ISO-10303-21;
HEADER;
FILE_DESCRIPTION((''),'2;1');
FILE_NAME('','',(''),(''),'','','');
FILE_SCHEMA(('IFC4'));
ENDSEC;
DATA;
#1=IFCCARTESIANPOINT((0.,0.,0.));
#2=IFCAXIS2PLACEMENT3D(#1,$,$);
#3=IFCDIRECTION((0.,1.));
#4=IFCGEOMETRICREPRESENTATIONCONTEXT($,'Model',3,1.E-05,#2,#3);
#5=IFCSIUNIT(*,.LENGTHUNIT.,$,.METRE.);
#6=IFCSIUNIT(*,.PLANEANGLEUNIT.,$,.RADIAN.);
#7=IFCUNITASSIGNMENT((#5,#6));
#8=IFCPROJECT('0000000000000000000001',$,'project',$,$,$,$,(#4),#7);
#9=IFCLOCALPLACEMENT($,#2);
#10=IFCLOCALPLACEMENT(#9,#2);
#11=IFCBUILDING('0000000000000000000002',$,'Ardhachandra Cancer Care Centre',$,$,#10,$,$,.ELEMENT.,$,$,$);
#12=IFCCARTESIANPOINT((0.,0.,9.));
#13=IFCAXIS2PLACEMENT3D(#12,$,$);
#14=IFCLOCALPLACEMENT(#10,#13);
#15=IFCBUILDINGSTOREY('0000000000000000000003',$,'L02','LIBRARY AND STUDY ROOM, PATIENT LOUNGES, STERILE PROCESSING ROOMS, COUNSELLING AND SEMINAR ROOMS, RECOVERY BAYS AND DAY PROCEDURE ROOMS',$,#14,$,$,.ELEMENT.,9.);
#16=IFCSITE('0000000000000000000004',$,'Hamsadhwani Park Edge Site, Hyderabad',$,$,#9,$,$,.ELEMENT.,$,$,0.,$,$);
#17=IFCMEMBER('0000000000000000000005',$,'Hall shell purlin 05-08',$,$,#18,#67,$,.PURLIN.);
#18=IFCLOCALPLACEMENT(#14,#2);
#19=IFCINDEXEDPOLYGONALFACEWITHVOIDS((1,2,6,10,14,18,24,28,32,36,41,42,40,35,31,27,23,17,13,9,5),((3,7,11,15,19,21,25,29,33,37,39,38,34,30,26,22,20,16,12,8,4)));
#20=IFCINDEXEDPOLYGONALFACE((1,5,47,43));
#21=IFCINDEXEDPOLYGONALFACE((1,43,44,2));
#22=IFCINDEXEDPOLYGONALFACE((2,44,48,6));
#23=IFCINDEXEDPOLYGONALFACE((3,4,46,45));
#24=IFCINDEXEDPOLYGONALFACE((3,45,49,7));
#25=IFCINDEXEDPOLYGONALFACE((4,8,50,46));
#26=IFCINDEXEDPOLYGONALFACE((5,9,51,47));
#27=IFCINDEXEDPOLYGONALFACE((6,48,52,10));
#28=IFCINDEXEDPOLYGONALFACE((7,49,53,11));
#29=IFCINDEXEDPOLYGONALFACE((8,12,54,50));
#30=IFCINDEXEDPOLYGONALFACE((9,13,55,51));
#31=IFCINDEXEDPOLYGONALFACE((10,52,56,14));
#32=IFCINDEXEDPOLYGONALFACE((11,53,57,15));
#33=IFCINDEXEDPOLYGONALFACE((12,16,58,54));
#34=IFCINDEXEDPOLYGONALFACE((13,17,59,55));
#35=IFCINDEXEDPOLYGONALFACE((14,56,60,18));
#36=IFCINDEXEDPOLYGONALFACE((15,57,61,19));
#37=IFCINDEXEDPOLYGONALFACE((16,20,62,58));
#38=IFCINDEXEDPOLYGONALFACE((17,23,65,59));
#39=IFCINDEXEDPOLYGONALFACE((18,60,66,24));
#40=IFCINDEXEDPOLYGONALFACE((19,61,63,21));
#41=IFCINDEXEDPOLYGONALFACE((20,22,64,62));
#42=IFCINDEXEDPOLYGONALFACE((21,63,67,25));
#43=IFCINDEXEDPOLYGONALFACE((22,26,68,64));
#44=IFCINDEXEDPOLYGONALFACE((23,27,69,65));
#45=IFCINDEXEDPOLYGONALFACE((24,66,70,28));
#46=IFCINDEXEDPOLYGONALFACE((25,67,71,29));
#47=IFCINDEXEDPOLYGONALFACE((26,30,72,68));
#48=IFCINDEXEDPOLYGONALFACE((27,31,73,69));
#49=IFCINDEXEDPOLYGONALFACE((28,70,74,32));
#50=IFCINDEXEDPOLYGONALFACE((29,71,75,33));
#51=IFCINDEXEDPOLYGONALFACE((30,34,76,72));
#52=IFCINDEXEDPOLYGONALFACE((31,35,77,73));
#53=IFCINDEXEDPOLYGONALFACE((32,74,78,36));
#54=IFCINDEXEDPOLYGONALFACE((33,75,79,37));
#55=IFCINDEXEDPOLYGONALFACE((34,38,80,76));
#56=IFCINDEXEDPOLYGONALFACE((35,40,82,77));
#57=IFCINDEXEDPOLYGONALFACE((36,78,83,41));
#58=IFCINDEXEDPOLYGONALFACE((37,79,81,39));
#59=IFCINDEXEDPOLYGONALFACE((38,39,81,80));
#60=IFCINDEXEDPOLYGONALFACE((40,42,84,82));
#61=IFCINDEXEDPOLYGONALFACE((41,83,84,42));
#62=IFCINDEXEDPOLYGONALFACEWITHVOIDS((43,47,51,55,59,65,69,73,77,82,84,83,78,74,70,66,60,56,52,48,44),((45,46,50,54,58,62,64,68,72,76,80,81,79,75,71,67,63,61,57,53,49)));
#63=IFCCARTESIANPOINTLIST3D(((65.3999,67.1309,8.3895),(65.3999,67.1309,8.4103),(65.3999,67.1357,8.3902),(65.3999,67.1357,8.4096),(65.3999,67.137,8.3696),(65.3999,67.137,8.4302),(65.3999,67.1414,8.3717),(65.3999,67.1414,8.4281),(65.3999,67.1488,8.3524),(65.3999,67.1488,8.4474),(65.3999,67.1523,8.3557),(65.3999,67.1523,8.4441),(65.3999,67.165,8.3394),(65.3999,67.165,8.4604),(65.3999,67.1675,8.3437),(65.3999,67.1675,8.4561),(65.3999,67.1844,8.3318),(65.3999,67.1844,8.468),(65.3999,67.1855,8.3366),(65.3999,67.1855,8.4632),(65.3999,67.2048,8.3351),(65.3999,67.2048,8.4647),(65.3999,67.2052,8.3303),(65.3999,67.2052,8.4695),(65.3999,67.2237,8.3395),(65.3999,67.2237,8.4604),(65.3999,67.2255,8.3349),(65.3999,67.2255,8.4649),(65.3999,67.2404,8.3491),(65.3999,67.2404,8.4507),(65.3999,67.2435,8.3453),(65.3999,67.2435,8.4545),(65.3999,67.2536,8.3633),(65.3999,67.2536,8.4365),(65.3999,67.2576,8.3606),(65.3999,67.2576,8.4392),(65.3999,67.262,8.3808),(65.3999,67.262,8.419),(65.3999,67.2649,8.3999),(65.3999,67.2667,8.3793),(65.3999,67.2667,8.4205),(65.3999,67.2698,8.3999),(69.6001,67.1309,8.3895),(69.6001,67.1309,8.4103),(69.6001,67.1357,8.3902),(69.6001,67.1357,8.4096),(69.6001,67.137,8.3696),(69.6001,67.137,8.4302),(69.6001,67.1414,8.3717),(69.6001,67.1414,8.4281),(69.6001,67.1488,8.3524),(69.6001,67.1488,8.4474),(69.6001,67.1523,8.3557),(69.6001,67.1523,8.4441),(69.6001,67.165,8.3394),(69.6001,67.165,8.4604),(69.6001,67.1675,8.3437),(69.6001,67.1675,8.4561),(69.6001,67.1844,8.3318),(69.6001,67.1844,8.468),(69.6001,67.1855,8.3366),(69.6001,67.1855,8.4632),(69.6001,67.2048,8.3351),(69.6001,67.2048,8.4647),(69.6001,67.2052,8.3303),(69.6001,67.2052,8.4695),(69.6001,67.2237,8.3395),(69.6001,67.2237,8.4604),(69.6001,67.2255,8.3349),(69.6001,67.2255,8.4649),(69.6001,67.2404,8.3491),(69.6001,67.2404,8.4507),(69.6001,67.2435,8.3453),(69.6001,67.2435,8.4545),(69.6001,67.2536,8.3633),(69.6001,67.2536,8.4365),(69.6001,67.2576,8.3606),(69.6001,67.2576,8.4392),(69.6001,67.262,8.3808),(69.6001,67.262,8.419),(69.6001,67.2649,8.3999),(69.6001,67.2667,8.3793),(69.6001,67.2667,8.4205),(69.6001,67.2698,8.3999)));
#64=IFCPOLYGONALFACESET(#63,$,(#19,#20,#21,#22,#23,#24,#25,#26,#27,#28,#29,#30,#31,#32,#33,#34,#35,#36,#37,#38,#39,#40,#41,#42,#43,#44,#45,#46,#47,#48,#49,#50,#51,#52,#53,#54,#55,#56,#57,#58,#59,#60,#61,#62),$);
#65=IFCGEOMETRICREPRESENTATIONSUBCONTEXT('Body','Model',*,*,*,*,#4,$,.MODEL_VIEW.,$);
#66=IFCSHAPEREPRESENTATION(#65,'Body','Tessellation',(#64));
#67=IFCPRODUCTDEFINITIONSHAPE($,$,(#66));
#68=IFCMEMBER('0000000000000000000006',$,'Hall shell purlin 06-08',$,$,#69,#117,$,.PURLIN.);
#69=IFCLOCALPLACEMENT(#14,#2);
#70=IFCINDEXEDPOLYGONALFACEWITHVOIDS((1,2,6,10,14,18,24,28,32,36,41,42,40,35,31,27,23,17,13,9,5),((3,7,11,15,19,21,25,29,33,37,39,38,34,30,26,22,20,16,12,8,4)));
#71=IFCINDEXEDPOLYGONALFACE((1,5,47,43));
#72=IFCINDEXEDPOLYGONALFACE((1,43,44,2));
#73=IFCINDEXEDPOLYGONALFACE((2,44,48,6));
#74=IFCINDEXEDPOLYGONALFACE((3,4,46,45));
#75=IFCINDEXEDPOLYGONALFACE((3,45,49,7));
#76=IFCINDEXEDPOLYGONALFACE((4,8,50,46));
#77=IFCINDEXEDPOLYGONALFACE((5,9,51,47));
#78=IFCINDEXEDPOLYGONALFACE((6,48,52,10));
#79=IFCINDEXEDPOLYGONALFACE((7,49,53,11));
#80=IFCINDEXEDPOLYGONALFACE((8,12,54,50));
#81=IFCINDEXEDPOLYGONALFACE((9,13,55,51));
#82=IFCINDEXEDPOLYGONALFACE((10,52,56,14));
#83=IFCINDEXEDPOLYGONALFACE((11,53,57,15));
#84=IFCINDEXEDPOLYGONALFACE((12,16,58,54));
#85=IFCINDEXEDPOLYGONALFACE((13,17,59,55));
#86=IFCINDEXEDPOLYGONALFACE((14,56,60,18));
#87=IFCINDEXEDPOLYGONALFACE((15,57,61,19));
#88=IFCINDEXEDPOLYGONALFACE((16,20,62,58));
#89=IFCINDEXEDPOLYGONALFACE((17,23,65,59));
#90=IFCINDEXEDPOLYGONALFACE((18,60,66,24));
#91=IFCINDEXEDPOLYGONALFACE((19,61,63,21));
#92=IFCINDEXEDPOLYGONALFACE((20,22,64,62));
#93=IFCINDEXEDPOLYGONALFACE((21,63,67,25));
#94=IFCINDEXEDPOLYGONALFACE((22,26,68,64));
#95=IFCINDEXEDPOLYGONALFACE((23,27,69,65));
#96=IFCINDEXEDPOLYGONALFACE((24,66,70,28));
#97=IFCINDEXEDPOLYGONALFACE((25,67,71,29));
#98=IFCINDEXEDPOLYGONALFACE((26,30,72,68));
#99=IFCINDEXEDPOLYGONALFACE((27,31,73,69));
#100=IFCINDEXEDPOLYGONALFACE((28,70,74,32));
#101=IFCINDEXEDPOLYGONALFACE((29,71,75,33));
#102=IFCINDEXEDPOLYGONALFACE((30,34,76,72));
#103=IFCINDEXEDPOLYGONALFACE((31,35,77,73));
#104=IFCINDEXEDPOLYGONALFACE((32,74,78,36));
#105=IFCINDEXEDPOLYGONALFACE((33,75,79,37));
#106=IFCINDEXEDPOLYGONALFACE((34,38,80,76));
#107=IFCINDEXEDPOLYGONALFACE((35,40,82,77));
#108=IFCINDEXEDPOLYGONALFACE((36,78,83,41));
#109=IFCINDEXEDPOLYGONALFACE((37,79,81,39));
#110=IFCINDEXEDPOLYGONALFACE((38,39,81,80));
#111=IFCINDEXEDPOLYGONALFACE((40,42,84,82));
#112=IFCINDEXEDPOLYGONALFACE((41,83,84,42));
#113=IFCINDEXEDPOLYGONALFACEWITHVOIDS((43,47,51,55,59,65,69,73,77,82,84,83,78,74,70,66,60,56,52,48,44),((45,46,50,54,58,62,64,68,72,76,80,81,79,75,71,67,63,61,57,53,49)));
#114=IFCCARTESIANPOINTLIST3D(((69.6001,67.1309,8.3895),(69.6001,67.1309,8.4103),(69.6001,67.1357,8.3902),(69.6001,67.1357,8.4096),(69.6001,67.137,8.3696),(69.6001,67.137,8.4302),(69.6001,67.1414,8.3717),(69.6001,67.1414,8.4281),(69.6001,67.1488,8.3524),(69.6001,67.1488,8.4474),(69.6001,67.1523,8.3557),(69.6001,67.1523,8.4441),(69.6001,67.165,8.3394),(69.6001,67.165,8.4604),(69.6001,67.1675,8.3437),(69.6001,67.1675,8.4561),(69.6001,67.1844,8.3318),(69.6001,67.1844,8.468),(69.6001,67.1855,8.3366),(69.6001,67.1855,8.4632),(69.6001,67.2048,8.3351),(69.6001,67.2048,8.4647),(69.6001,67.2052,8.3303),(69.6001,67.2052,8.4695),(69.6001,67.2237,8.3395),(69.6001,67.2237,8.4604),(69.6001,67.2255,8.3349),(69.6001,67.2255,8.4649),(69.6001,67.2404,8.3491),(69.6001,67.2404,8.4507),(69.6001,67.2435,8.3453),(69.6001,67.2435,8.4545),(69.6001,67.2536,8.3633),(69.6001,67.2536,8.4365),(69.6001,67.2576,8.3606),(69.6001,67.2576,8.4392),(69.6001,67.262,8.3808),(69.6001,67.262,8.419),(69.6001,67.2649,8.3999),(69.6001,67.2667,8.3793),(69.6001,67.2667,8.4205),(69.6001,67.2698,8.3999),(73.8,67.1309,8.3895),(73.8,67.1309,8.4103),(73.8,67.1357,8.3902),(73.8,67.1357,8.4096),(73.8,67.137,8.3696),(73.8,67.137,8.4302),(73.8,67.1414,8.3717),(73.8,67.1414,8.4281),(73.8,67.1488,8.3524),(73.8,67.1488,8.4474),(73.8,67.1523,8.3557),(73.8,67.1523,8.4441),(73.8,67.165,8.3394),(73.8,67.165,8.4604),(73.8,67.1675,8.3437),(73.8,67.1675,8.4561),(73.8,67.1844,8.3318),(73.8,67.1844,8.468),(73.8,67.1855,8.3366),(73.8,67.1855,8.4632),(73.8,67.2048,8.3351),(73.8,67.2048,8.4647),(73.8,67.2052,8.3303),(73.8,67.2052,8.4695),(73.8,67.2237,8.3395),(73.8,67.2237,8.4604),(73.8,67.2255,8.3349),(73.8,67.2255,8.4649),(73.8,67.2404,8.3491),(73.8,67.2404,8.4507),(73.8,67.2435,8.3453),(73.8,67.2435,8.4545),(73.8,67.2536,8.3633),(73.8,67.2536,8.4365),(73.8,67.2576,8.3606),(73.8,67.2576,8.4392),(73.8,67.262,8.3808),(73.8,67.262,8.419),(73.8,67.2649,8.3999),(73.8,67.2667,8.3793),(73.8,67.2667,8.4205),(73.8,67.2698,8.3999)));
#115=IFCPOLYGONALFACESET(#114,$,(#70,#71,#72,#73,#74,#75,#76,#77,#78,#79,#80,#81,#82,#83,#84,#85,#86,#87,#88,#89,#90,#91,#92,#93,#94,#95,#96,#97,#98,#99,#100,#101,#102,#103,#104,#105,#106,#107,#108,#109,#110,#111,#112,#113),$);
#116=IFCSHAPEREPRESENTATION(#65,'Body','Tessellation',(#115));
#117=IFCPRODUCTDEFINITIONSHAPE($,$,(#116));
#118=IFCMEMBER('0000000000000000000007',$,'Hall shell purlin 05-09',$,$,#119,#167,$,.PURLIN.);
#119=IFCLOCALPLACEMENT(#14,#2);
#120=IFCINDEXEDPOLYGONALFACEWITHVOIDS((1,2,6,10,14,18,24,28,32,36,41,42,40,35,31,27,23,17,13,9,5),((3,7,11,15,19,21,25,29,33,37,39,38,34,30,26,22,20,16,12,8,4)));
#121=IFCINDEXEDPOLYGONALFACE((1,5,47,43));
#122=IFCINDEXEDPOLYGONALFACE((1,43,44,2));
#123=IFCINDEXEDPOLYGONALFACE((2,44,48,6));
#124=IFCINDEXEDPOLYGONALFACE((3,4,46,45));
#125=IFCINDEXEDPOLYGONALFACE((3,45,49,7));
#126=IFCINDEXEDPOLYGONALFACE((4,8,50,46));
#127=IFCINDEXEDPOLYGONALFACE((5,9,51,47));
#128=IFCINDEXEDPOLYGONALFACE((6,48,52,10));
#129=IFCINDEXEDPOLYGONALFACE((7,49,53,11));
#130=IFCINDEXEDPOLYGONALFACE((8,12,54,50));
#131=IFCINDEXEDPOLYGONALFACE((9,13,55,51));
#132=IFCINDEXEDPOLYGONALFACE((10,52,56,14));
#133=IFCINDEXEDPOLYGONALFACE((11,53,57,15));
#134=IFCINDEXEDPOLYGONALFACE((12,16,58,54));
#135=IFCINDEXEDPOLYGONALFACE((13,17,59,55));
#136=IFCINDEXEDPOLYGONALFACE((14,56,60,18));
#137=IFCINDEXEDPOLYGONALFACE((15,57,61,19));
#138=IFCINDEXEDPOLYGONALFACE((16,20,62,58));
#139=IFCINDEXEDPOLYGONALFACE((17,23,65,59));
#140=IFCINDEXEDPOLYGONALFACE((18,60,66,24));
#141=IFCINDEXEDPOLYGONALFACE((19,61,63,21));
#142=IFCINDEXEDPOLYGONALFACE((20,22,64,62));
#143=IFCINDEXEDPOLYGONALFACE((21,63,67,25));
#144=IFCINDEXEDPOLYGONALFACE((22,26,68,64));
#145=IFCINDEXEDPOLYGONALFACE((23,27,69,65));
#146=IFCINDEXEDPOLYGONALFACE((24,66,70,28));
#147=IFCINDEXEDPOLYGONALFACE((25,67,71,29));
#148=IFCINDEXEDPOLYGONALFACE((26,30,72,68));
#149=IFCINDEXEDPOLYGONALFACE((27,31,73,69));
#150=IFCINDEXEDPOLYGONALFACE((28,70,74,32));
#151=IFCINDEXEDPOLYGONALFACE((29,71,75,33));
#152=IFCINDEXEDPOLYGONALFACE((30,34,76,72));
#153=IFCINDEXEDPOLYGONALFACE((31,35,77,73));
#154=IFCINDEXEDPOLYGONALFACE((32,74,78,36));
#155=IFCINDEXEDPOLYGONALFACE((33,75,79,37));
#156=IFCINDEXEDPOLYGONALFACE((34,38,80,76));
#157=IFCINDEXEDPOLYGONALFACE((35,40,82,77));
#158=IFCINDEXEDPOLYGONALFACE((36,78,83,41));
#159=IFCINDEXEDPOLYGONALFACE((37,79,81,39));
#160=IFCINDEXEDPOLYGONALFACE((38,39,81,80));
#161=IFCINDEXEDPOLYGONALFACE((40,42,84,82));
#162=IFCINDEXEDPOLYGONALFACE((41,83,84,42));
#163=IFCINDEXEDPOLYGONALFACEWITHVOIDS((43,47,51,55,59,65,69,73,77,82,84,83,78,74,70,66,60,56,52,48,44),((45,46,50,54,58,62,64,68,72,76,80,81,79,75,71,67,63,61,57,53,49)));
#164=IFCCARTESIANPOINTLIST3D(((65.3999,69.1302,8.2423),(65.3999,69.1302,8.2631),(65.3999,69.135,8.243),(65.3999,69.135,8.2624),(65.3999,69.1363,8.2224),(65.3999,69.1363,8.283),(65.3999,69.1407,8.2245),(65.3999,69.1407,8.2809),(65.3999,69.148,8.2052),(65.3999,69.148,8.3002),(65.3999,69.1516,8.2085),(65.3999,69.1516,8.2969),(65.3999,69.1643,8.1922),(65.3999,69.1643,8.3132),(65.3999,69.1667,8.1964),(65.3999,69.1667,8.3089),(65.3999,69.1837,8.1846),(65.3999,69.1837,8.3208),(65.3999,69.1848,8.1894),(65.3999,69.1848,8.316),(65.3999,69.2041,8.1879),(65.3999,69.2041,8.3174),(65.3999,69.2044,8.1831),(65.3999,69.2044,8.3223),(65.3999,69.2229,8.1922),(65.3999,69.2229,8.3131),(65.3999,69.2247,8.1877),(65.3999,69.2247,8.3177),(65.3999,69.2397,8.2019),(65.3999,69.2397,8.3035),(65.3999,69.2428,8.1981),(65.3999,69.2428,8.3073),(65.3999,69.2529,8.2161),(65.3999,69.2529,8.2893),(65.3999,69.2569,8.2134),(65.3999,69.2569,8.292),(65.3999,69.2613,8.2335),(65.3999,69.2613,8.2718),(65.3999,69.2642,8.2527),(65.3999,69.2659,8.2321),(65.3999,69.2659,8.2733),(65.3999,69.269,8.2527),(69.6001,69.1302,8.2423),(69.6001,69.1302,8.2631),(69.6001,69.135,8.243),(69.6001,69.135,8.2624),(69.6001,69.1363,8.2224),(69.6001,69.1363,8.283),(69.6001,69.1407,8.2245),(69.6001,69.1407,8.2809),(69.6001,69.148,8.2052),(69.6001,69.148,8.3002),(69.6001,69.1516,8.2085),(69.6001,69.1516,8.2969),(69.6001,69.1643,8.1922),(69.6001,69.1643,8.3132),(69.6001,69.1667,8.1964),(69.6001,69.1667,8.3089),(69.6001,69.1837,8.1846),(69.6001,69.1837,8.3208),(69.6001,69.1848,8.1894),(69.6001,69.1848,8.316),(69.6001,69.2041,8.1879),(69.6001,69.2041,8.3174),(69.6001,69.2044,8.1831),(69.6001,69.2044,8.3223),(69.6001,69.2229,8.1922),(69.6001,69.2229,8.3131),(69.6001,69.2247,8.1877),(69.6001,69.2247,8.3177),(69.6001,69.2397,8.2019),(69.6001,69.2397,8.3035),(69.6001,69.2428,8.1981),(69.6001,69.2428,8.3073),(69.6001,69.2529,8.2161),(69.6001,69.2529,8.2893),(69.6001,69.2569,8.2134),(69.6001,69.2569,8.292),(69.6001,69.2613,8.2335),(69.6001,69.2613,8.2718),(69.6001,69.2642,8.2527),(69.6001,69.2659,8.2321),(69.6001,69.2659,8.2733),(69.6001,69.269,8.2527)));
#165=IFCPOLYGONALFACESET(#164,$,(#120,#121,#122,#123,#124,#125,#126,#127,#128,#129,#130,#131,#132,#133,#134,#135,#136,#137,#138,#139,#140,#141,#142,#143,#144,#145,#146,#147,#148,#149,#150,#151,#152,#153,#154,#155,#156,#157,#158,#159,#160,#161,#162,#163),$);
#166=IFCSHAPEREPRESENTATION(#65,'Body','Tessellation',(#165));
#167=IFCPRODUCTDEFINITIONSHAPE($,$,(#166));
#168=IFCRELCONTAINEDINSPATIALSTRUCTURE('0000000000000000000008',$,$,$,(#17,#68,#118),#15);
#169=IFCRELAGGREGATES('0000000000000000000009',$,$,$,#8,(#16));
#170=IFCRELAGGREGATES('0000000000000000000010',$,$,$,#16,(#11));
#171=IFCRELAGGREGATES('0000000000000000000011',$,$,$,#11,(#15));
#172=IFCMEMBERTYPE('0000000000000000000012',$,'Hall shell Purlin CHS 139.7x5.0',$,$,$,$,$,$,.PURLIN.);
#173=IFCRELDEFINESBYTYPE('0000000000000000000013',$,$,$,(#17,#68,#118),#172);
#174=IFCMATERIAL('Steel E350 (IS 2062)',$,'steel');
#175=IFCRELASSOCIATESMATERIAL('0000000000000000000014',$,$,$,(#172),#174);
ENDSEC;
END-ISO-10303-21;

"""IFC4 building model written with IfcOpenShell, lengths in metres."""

from ifc_helpers import new_model, si_unit, direction, frame, origin, origin_2d, place, context, subcontext, project, spatial, hollow_circle, extrude, material, material_profile, profile_set, type_object, element, save


model = new_model("IFC4")

# Units and contexts
model_context = context("Model", 3, precision=1e-05, world=origin(), true_north=direction((0.0, 1.0)))
body_context = subcontext(model_context, "Body", "Model", "MODEL_VIEW")
ifc_project = project(units=[si_unit("LENGTHUNIT", "METRE"), si_unit("PLANEANGLEUNIT", "RADIAN")], contexts=[model_context])

# Site, building, storey
site_placement = place(None, origin())
site = spatial("IfcSite", under=ifc_project, at=site_placement, Name="Hamsadhwani Park Edge Site, Hyderabad", CompositionType="ELEMENT", RefElevation=0.0)
building_placement = place(site_placement, origin())
building = spatial("IfcBuilding", under=site, at=building_placement, Name="Ardhachandra Cancer Care Centre", CompositionType="ELEMENT")
storey_placement = place(building_placement, frame((0.0, 0.0, 9.0)))
storey = spatial("IfcBuildingStorey", under=building, at=storey_placement, Name="L02", Description="LIBRARY AND STUDY ROOM, PATIENT LOUNGES, STERILE PROCESSING ROOMS, COUNSELLING AND SEMINAR ROOMS, RECOVERY BAYS AND DAY PROCEDURE ROOMS", CompositionType="ELEMENT", Elevation=9.0)

# Members
ifc_material_1 = material(Name="Steel E350 (IS 2062)", Category="steel")
ifc_material_profile_1 = material_profile(ifc_material_1, hollow_circle(Radius=0.0698, WallThickness=0.0049, at=origin_2d()), Name="CHS 139.7x5.0")
ifc_profile_set_1 = profile_set([ifc_material_profile_1], Name="Steel E350 (IS 2062)")
member_type_1 = type_object("IfcMemberType", Name="Hall shell Purlin CHS 139.7x5.0", PredefinedType="PURLIN", material=ifc_profile_set_1)
member_1_placement = place(storey_placement, frame((65.3999, 67.2, 8.3999), z_axis=(1.0, 0.0, 0.0), x_axis=(0.0, 1.0, 0.0)))
element("IfcMember", 1, at=member_1_placement, inside=storey, type_object=member_type_1, Name="Hall shell purlin 05-08", PredefinedType="PURLIN", context=body_context, shape_type="SweptSolid", body=[
    extrude(hollow_circle(Radius=0.0698, WallThickness=0.0049, at=origin_2d()), origin(), (0.0, 0.0, 1.0), 4.2002),
])
member_2_placement = place(storey_placement, frame((69.6001, 67.2, 8.3999), z_axis=(1.0, 0.0, 0.0), x_axis=(0.0, 1.0, 0.0)))
element("IfcMember", 2, at=member_2_placement, inside=storey, type_object=member_type_1, Name="Hall shell purlin 06-08", PredefinedType="PURLIN", context=body_context, shape_type="SweptSolid", body=[
    extrude(hollow_circle(Radius=0.0698, WallThickness=0.0049, at=origin_2d()), origin(), (0.0, 0.0, 1.0), 4.2),
])
for number, where, z_axis, x_axis, name in (
    (3, (65.3999, 69.1992, 8.2527), (1.0, 0.0, 0.0), (0.0, 1.0, 0.0), "Hall shell purlin 05-09"),
):
    element("IfcMember", number, at=place(storey_placement, frame(where, z_axis=z_axis, x_axis=x_axis)), inside=storey, type_object=member_type_1, Name=name, PredefinedType="PURLIN", context=body_context, shape_type="SweptSolid", body=[
        extrude(hollow_circle(Radius=0.0698, WallThickness=0.0049, at=origin_2d()), origin(), (0.0, 0.0, 1.0), 4.2002),
    ])

save(model, "model.ifc")
